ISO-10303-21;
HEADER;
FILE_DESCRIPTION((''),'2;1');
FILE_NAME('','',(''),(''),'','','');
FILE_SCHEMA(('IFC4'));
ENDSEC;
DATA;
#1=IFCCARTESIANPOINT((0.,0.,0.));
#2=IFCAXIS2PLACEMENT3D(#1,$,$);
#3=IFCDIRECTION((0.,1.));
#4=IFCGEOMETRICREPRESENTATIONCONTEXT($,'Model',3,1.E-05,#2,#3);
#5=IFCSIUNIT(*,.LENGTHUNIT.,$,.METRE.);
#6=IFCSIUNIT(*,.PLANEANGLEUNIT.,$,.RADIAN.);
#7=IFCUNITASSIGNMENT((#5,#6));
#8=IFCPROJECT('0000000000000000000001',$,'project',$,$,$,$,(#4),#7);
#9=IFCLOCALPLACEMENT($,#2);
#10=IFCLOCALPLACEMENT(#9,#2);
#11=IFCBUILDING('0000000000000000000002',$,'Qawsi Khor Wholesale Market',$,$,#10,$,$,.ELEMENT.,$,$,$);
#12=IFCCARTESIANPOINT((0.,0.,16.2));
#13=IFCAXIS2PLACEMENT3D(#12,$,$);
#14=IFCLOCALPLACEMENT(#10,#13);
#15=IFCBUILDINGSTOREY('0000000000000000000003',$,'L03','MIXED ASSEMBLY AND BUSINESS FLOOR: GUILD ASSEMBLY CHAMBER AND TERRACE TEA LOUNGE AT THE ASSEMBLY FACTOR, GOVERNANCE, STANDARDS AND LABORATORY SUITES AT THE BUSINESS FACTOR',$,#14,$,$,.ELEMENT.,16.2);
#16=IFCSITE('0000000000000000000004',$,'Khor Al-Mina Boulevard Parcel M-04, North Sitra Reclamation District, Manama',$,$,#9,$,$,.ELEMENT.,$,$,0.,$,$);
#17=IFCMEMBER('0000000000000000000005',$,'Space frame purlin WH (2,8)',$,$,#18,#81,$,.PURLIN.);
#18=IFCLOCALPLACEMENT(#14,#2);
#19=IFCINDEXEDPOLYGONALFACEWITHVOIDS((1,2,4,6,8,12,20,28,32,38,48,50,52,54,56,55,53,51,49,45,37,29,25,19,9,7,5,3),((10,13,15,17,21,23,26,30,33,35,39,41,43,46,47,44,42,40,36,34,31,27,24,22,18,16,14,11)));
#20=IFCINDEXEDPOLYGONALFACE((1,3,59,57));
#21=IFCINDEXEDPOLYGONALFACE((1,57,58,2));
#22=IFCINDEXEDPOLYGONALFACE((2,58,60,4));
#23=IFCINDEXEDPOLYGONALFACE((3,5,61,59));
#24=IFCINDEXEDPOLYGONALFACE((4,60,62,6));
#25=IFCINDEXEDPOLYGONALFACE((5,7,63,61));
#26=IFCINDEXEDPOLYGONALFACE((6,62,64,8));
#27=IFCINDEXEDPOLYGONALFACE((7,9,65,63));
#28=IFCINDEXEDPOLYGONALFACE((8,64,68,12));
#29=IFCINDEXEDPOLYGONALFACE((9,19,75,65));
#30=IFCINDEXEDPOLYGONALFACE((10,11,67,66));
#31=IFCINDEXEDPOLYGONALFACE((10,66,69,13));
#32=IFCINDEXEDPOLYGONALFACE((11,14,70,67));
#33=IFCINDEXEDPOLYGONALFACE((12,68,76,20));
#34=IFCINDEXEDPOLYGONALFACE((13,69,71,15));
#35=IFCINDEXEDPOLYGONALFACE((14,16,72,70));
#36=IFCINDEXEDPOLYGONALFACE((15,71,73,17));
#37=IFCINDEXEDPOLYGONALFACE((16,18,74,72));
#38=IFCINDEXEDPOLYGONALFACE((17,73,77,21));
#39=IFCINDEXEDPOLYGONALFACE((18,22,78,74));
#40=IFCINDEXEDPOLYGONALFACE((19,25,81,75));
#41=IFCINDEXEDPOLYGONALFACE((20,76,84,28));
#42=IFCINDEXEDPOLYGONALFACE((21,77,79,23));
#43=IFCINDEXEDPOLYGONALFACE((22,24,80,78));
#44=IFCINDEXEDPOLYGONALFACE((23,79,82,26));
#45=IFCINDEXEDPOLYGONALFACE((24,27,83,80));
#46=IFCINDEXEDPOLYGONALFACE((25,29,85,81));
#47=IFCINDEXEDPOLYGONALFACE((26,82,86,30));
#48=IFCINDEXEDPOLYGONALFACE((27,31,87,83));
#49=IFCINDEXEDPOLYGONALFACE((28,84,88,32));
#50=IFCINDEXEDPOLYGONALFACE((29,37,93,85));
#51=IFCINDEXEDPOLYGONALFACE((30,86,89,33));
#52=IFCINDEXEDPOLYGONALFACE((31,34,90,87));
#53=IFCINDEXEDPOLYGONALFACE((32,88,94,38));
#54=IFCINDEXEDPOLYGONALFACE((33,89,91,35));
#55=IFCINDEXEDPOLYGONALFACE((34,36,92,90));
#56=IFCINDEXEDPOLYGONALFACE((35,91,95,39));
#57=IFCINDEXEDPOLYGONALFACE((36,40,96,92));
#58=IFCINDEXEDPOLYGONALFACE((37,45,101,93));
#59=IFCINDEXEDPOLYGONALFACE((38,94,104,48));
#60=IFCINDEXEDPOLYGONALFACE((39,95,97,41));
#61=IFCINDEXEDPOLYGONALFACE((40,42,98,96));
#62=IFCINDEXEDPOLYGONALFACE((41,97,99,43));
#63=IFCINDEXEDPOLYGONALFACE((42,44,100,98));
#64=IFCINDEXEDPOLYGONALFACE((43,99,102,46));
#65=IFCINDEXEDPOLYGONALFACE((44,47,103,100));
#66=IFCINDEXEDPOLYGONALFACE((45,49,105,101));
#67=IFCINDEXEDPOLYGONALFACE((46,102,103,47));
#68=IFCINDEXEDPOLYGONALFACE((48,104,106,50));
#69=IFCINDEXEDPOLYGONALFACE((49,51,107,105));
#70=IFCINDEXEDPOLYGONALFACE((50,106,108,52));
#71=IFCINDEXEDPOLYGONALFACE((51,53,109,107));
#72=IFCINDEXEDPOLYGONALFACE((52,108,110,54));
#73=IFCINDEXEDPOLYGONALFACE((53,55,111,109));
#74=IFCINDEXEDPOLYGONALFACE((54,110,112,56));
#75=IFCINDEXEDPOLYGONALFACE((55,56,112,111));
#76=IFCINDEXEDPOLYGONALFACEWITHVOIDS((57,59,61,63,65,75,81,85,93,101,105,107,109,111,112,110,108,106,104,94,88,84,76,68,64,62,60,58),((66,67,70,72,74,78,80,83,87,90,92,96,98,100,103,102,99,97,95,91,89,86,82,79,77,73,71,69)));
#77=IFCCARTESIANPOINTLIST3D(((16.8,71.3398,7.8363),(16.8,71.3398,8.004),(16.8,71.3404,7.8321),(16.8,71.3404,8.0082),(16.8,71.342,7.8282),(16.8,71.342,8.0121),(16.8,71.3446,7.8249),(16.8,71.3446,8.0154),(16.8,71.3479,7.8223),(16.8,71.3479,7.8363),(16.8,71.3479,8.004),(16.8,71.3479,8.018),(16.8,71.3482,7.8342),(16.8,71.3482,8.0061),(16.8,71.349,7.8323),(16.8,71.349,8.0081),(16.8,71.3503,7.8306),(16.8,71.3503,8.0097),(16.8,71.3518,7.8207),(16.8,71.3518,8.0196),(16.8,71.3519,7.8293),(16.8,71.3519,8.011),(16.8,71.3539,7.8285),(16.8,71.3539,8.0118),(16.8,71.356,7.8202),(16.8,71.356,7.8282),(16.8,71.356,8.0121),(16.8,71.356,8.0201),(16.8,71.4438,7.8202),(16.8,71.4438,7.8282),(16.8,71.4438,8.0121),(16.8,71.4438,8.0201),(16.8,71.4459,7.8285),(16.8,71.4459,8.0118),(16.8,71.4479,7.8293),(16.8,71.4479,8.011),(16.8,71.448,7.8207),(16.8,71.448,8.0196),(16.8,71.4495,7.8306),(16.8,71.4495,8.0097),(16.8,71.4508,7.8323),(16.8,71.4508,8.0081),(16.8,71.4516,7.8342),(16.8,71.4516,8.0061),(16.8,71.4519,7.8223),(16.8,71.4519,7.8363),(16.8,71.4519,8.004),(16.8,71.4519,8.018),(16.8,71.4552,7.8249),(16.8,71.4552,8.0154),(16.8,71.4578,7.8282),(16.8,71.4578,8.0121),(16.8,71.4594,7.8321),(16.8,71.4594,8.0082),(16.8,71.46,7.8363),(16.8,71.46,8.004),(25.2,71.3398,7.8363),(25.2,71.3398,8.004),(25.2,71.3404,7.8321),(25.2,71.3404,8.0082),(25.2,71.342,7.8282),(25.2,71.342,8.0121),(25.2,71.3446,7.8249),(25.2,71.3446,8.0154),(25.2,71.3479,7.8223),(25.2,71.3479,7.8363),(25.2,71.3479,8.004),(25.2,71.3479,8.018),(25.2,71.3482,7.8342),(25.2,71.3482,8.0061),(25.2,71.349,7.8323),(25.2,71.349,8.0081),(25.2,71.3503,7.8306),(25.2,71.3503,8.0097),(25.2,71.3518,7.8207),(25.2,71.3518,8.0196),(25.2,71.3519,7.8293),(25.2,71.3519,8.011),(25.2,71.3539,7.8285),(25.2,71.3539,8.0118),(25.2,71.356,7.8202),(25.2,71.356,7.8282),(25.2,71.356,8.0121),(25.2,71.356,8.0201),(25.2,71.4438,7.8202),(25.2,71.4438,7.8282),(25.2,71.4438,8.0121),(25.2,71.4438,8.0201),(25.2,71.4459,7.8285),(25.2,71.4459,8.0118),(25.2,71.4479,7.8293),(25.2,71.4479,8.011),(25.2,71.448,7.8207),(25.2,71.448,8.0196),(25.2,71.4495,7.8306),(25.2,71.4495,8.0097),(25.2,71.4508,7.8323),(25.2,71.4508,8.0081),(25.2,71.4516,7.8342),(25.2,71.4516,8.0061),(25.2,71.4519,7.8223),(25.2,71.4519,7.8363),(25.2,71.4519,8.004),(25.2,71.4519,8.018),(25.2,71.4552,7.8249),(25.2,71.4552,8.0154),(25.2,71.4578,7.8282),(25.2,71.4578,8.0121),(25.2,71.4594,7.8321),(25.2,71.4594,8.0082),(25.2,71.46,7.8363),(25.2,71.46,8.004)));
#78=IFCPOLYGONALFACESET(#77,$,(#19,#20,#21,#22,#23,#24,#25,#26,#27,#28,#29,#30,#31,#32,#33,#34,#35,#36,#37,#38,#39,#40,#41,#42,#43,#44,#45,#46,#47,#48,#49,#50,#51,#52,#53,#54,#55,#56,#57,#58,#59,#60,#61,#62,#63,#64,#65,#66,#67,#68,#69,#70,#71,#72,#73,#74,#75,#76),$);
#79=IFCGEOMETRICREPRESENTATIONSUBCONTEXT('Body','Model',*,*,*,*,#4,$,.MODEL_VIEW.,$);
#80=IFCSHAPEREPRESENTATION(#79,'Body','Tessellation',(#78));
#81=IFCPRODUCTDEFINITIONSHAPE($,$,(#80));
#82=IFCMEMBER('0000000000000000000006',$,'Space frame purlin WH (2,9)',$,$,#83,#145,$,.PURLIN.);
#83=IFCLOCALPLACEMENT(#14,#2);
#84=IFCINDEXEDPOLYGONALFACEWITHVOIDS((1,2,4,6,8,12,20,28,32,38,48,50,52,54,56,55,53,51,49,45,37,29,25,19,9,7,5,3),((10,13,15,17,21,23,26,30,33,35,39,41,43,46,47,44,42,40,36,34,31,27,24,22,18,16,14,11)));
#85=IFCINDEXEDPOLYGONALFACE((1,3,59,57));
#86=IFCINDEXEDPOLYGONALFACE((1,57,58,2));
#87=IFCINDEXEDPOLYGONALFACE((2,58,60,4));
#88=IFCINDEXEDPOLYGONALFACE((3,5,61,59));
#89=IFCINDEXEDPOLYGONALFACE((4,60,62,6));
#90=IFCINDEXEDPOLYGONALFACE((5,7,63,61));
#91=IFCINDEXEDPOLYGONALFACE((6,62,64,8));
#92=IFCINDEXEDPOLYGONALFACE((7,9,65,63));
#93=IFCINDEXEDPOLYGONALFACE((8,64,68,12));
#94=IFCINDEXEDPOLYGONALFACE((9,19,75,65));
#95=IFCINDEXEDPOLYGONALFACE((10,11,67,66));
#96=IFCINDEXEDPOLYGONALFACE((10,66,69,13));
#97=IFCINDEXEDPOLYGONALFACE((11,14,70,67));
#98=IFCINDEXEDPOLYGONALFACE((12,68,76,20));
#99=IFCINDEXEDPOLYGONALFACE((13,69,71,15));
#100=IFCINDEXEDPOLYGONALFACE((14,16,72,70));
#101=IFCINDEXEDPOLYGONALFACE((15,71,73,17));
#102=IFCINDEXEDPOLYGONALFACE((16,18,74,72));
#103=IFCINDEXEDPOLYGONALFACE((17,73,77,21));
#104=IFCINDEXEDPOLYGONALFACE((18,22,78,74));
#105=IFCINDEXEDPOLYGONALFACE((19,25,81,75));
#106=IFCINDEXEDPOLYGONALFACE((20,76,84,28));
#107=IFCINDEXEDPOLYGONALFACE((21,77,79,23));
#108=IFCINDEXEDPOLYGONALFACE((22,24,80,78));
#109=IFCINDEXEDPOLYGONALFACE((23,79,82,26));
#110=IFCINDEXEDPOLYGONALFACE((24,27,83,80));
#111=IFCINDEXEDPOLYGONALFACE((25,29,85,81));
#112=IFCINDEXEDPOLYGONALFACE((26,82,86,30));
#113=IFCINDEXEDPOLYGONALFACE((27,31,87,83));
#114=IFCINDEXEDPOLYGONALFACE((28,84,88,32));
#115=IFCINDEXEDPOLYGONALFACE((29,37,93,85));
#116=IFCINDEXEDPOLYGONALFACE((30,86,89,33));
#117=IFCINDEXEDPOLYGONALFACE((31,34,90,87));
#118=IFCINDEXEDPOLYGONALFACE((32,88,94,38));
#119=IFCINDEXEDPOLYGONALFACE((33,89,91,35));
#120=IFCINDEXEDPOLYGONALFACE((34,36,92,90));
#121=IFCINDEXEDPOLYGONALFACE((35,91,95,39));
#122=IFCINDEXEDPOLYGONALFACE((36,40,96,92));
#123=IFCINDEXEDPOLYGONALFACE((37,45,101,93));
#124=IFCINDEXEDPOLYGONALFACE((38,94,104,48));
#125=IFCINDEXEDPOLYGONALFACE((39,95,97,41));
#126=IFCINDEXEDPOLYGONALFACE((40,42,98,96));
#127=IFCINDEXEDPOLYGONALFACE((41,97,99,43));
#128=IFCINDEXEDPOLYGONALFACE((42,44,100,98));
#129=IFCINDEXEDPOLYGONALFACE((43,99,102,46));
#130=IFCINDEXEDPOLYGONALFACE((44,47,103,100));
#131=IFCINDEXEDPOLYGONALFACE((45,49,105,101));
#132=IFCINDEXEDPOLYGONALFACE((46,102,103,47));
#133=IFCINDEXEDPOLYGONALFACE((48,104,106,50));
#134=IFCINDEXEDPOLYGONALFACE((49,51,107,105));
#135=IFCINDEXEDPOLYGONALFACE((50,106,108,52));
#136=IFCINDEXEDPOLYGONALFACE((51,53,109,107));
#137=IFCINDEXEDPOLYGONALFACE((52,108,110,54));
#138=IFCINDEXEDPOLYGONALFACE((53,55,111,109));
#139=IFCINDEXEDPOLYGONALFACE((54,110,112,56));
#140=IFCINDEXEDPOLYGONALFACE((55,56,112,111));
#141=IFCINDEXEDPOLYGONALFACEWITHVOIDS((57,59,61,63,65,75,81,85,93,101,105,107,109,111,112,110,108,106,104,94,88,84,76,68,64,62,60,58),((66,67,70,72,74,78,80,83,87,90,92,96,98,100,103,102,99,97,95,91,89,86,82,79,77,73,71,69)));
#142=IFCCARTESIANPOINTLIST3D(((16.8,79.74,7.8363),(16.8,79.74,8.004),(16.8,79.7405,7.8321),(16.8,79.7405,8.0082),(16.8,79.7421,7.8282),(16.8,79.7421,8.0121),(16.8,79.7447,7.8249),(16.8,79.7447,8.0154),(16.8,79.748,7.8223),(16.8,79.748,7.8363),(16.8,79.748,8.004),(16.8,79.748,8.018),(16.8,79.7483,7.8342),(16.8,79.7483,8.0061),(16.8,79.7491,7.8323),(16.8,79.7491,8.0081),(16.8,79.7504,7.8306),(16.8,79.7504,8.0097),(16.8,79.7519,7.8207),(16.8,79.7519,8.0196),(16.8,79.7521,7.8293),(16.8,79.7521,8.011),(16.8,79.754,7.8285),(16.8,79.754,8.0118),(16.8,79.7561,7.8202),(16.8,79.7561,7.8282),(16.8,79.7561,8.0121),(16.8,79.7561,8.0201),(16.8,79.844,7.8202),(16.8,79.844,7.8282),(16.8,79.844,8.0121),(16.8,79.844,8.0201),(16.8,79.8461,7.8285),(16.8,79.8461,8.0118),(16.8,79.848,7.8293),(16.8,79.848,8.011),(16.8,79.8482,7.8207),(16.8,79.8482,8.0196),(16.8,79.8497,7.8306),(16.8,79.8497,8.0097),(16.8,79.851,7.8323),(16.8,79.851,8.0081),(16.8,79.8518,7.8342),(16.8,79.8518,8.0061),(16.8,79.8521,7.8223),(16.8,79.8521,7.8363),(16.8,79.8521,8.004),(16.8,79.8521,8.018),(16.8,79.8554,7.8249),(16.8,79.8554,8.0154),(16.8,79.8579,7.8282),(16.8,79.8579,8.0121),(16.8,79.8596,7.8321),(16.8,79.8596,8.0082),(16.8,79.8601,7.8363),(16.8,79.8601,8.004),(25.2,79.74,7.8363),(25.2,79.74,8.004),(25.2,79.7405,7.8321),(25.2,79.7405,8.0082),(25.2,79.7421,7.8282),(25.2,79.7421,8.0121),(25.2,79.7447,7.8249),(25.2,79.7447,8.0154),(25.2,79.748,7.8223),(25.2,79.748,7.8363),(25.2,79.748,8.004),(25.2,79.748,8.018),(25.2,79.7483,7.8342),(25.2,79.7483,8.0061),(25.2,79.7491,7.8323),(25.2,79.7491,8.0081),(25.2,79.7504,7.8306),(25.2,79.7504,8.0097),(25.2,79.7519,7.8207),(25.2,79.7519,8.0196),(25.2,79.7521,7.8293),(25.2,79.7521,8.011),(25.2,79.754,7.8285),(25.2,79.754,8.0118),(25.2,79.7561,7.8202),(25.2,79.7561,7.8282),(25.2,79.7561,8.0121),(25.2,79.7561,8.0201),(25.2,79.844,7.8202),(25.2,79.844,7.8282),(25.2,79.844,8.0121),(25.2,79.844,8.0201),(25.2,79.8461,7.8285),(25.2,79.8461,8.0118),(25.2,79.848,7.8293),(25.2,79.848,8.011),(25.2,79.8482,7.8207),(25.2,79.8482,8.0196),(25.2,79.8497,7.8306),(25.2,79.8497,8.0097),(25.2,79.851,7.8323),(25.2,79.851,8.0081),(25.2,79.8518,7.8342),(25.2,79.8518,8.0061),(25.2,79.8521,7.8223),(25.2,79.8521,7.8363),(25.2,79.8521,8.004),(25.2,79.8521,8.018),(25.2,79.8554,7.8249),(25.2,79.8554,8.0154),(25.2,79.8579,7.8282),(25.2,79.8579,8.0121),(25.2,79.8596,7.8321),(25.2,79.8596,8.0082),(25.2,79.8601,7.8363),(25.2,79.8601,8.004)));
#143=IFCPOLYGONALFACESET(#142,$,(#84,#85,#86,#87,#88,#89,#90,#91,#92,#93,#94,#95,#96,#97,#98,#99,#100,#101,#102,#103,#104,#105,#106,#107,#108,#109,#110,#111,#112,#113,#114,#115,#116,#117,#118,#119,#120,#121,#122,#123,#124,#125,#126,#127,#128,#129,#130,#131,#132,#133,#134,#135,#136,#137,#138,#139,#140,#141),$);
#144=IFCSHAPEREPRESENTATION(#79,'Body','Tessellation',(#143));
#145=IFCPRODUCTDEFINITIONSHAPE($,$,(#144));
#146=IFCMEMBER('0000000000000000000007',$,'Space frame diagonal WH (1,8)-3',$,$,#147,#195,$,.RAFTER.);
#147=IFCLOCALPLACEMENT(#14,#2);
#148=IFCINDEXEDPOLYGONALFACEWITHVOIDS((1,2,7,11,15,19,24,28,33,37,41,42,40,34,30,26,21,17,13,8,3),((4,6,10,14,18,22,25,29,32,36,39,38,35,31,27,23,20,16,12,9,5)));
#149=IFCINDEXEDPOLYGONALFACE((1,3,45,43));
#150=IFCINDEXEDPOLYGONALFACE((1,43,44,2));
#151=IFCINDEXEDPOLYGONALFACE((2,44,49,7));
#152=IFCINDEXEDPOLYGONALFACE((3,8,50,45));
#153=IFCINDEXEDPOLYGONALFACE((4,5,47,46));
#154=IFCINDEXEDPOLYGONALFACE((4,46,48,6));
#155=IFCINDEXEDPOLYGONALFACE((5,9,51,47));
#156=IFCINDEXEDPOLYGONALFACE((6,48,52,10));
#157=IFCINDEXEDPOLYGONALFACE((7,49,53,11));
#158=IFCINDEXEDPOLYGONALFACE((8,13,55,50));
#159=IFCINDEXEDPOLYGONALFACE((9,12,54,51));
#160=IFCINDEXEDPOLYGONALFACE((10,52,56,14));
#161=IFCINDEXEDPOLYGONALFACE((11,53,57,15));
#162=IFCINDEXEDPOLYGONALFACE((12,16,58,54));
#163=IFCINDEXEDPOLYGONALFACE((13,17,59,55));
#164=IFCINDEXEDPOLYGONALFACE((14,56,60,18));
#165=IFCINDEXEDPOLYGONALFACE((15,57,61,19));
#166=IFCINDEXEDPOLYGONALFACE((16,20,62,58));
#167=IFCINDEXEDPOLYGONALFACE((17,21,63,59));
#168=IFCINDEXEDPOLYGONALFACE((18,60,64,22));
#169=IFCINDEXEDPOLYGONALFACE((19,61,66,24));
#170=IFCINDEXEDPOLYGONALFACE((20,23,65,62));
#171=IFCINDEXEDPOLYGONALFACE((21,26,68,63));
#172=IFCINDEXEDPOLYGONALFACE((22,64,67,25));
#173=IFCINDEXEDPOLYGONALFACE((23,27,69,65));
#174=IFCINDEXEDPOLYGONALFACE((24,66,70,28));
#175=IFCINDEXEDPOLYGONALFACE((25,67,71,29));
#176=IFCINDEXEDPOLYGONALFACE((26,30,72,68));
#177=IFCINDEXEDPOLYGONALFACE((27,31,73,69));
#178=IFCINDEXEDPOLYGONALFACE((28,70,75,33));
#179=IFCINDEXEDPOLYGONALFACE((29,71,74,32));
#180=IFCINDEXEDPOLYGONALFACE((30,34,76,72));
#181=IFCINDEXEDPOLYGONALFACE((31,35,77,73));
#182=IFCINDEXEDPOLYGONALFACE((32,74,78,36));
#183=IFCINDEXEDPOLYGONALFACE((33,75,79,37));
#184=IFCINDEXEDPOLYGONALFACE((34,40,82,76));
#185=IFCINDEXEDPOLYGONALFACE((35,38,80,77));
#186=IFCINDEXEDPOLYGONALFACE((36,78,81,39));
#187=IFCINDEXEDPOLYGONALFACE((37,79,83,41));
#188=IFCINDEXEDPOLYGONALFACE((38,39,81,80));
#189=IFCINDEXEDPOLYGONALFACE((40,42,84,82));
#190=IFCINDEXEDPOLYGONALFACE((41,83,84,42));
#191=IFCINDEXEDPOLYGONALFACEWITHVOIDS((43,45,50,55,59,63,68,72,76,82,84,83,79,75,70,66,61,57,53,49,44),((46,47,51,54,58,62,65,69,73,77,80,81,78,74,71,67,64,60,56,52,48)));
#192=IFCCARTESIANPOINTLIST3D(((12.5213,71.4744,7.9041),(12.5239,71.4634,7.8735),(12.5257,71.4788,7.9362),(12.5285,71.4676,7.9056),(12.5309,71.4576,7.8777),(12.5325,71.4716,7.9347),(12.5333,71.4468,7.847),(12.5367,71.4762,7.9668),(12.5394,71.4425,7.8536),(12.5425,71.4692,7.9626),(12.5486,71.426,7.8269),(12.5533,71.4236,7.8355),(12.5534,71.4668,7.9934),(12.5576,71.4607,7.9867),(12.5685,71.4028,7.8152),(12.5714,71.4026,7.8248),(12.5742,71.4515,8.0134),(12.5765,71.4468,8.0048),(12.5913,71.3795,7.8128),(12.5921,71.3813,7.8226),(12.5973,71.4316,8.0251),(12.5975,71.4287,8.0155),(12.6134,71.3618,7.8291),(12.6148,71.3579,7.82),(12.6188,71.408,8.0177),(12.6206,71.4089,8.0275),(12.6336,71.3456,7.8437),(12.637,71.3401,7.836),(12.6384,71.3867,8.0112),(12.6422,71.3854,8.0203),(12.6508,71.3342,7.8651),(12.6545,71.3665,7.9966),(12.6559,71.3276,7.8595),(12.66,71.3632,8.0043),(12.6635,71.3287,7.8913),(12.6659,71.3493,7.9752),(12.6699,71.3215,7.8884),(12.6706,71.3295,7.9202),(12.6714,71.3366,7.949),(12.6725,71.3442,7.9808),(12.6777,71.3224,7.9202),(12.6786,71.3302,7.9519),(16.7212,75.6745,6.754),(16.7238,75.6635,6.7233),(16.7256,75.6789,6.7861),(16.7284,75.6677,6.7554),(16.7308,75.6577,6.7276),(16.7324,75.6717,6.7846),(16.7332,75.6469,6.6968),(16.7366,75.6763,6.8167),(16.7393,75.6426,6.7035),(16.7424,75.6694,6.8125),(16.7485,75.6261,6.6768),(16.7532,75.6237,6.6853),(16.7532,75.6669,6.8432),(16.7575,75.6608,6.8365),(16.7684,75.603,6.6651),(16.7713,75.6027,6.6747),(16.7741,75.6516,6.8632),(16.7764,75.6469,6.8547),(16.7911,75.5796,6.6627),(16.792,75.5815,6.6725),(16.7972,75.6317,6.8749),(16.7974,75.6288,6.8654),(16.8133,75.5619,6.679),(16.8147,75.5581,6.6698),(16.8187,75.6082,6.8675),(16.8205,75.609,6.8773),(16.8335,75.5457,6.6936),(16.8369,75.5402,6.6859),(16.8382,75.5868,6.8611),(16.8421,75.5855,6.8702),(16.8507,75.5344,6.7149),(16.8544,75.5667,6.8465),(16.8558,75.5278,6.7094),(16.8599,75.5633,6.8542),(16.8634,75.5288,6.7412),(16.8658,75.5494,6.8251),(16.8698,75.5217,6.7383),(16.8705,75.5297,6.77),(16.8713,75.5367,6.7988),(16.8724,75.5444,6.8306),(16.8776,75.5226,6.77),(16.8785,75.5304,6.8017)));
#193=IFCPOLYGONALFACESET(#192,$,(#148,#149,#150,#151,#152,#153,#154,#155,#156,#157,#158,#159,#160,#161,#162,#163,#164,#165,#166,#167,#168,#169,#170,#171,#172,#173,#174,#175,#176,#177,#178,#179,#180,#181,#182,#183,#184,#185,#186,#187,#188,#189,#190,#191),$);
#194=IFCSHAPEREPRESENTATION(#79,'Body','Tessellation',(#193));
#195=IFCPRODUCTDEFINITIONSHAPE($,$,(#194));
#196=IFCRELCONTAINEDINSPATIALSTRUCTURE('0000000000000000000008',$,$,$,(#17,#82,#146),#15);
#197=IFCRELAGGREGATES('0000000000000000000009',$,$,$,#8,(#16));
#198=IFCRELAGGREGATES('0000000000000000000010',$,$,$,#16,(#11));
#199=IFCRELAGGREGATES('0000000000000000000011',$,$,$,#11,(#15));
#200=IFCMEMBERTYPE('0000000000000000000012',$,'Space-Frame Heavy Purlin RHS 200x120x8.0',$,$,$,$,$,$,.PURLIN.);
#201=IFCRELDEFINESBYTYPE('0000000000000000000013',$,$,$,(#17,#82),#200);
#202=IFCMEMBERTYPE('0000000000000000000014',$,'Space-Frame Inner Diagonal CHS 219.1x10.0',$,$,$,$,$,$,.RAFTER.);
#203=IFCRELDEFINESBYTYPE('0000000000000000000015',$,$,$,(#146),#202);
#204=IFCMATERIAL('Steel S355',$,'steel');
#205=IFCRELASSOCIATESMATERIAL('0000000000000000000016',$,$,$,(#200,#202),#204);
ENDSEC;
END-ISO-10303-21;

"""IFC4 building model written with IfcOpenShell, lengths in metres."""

from ifc_helpers import new_model, si_unit, direction, frame, origin, origin_2d, place, context, subcontext, project, spatial, hollow_rectangle, hollow_circle, extrude, material, material_profile, profile_set, type_object, element, save


model = new_model("IFC4")

# Units and contexts
model_context = context("Model", 3, precision=1e-05, world=origin(), true_north=direction((0.0, 1.0)))
body_context = subcontext(model_context, "Body", "Model", "MODEL_VIEW")
ifc_project = project(units=[si_unit("LENGTHUNIT", "METRE"), si_unit("PLANEANGLEUNIT", "RADIAN")], contexts=[model_context])

# Site, building, storey
site_placement = place(None, origin())
site = spatial("IfcSite", under=ifc_project, at=site_placement, Name="Khor Al-Mina Boulevard Parcel M-04, North Sitra Reclamation District, Manama", CompositionType="ELEMENT", RefElevation=0.0)
building_placement = place(site_placement, origin())
building = spatial("IfcBuilding", under=site, at=building_placement, Name="Qawsi Khor Wholesale Market", CompositionType="ELEMENT")
storey_placement = place(building_placement, frame((0.0, 0.0, 16.2)))
storey = spatial("IfcBuildingStorey", under=building, at=storey_placement, Name="L03", Description="MIXED ASSEMBLY AND BUSINESS FLOOR: GUILD ASSEMBLY CHAMBER AND TERRACE TEA LOUNGE AT THE ASSEMBLY FACTOR, GOVERNANCE, STANDARDS AND LABORATORY SUITES AT THE BUSINESS FACTOR", CompositionType="ELEMENT", Elevation=16.2)

# Members
ifc_material_1 = material(Name="Steel S355", Category="steel")
ifc_material_profile_1 = material_profile(ifc_material_1, hollow_rectangle(XDim=0.1201, YDim=0.2, WallThickness=0.0081, InnerFilletRadius=0.0081, OuterFilletRadius=0.0161, at=origin_2d()), Name="RHS 200x120x8.0")
ifc_profile_set_1 = profile_set([ifc_material_profile_1], Name="Steel S355")
member_type_1 = type_object("IfcMemberType", Name="Space-Frame Heavy Purlin RHS 200x120x8.0", PredefinedType="PURLIN", material=ifc_profile_set_1)
for number, where, z_axis, x_axis, name in (
    (1, (16.8, 71.3999, 7.9202), (1.0, 0.0, 0.0), (0.0, 1.0, 0.0), "Space frame purlin WH (2,8)"),
    (2, (16.8, 79.8, 7.9202), (1.0, 0.0, 0.0), (0.0, 1.0, 0.0), "Space frame purlin WH (2,9)"),
):
    element("IfcMember", number, at=place(storey_placement, frame(where, z_axis=z_axis, x_axis=x_axis)), inside=storey, type_object=member_type_1, Name=name, PredefinedType="PURLIN", context=body_context, shape_type="SweptSolid", body=[
        extrude(hollow_rectangle(XDim=0.1201, YDim=0.2, WallThickness=0.0081, InnerFilletRadius=0.0081, OuterFilletRadius=0.0161, at=origin_2d()), origin(), (0.0, 0.0, 1.0), 8.3999),
    ])
ifc_material_profile_2 = material_profile(ifc_material_1, hollow_circle(Radius=0.1096, WallThickness=0.01, at=origin_2d()), Name="CHS 219.1x10.0")
ifc_profile_set_2 = profile_set([ifc_material_profile_2], Name="Steel S355")
member_type_2 = type_object("IfcMemberType", Name="Space-Frame Inner Diagonal CHS 219.1x10.0", PredefinedType="RAFTER", material=ifc_profile_set_2)
member_1_placement = place(storey_placement, frame((16.8, 75.6001, 6.77), z_axis=(-0.694192, -0.694232, 0.190103), x_axis=(0.707127, -0.707086, 0.0)))
element("IfcMember", 3, at=member_1_placement, inside=storey, type_object=member_type_2, Name="Space frame diagonal WH (1,8)-3", PredefinedType="RAFTER", context=body_context, shape_type="SweptSolid", body=[
    extrude(hollow_circle(Radius=0.1096, WallThickness=0.01, at=origin_2d()), origin(), (0.0, 0.0, 1.0), 6.05),
])

save(model, "model.ifc")
